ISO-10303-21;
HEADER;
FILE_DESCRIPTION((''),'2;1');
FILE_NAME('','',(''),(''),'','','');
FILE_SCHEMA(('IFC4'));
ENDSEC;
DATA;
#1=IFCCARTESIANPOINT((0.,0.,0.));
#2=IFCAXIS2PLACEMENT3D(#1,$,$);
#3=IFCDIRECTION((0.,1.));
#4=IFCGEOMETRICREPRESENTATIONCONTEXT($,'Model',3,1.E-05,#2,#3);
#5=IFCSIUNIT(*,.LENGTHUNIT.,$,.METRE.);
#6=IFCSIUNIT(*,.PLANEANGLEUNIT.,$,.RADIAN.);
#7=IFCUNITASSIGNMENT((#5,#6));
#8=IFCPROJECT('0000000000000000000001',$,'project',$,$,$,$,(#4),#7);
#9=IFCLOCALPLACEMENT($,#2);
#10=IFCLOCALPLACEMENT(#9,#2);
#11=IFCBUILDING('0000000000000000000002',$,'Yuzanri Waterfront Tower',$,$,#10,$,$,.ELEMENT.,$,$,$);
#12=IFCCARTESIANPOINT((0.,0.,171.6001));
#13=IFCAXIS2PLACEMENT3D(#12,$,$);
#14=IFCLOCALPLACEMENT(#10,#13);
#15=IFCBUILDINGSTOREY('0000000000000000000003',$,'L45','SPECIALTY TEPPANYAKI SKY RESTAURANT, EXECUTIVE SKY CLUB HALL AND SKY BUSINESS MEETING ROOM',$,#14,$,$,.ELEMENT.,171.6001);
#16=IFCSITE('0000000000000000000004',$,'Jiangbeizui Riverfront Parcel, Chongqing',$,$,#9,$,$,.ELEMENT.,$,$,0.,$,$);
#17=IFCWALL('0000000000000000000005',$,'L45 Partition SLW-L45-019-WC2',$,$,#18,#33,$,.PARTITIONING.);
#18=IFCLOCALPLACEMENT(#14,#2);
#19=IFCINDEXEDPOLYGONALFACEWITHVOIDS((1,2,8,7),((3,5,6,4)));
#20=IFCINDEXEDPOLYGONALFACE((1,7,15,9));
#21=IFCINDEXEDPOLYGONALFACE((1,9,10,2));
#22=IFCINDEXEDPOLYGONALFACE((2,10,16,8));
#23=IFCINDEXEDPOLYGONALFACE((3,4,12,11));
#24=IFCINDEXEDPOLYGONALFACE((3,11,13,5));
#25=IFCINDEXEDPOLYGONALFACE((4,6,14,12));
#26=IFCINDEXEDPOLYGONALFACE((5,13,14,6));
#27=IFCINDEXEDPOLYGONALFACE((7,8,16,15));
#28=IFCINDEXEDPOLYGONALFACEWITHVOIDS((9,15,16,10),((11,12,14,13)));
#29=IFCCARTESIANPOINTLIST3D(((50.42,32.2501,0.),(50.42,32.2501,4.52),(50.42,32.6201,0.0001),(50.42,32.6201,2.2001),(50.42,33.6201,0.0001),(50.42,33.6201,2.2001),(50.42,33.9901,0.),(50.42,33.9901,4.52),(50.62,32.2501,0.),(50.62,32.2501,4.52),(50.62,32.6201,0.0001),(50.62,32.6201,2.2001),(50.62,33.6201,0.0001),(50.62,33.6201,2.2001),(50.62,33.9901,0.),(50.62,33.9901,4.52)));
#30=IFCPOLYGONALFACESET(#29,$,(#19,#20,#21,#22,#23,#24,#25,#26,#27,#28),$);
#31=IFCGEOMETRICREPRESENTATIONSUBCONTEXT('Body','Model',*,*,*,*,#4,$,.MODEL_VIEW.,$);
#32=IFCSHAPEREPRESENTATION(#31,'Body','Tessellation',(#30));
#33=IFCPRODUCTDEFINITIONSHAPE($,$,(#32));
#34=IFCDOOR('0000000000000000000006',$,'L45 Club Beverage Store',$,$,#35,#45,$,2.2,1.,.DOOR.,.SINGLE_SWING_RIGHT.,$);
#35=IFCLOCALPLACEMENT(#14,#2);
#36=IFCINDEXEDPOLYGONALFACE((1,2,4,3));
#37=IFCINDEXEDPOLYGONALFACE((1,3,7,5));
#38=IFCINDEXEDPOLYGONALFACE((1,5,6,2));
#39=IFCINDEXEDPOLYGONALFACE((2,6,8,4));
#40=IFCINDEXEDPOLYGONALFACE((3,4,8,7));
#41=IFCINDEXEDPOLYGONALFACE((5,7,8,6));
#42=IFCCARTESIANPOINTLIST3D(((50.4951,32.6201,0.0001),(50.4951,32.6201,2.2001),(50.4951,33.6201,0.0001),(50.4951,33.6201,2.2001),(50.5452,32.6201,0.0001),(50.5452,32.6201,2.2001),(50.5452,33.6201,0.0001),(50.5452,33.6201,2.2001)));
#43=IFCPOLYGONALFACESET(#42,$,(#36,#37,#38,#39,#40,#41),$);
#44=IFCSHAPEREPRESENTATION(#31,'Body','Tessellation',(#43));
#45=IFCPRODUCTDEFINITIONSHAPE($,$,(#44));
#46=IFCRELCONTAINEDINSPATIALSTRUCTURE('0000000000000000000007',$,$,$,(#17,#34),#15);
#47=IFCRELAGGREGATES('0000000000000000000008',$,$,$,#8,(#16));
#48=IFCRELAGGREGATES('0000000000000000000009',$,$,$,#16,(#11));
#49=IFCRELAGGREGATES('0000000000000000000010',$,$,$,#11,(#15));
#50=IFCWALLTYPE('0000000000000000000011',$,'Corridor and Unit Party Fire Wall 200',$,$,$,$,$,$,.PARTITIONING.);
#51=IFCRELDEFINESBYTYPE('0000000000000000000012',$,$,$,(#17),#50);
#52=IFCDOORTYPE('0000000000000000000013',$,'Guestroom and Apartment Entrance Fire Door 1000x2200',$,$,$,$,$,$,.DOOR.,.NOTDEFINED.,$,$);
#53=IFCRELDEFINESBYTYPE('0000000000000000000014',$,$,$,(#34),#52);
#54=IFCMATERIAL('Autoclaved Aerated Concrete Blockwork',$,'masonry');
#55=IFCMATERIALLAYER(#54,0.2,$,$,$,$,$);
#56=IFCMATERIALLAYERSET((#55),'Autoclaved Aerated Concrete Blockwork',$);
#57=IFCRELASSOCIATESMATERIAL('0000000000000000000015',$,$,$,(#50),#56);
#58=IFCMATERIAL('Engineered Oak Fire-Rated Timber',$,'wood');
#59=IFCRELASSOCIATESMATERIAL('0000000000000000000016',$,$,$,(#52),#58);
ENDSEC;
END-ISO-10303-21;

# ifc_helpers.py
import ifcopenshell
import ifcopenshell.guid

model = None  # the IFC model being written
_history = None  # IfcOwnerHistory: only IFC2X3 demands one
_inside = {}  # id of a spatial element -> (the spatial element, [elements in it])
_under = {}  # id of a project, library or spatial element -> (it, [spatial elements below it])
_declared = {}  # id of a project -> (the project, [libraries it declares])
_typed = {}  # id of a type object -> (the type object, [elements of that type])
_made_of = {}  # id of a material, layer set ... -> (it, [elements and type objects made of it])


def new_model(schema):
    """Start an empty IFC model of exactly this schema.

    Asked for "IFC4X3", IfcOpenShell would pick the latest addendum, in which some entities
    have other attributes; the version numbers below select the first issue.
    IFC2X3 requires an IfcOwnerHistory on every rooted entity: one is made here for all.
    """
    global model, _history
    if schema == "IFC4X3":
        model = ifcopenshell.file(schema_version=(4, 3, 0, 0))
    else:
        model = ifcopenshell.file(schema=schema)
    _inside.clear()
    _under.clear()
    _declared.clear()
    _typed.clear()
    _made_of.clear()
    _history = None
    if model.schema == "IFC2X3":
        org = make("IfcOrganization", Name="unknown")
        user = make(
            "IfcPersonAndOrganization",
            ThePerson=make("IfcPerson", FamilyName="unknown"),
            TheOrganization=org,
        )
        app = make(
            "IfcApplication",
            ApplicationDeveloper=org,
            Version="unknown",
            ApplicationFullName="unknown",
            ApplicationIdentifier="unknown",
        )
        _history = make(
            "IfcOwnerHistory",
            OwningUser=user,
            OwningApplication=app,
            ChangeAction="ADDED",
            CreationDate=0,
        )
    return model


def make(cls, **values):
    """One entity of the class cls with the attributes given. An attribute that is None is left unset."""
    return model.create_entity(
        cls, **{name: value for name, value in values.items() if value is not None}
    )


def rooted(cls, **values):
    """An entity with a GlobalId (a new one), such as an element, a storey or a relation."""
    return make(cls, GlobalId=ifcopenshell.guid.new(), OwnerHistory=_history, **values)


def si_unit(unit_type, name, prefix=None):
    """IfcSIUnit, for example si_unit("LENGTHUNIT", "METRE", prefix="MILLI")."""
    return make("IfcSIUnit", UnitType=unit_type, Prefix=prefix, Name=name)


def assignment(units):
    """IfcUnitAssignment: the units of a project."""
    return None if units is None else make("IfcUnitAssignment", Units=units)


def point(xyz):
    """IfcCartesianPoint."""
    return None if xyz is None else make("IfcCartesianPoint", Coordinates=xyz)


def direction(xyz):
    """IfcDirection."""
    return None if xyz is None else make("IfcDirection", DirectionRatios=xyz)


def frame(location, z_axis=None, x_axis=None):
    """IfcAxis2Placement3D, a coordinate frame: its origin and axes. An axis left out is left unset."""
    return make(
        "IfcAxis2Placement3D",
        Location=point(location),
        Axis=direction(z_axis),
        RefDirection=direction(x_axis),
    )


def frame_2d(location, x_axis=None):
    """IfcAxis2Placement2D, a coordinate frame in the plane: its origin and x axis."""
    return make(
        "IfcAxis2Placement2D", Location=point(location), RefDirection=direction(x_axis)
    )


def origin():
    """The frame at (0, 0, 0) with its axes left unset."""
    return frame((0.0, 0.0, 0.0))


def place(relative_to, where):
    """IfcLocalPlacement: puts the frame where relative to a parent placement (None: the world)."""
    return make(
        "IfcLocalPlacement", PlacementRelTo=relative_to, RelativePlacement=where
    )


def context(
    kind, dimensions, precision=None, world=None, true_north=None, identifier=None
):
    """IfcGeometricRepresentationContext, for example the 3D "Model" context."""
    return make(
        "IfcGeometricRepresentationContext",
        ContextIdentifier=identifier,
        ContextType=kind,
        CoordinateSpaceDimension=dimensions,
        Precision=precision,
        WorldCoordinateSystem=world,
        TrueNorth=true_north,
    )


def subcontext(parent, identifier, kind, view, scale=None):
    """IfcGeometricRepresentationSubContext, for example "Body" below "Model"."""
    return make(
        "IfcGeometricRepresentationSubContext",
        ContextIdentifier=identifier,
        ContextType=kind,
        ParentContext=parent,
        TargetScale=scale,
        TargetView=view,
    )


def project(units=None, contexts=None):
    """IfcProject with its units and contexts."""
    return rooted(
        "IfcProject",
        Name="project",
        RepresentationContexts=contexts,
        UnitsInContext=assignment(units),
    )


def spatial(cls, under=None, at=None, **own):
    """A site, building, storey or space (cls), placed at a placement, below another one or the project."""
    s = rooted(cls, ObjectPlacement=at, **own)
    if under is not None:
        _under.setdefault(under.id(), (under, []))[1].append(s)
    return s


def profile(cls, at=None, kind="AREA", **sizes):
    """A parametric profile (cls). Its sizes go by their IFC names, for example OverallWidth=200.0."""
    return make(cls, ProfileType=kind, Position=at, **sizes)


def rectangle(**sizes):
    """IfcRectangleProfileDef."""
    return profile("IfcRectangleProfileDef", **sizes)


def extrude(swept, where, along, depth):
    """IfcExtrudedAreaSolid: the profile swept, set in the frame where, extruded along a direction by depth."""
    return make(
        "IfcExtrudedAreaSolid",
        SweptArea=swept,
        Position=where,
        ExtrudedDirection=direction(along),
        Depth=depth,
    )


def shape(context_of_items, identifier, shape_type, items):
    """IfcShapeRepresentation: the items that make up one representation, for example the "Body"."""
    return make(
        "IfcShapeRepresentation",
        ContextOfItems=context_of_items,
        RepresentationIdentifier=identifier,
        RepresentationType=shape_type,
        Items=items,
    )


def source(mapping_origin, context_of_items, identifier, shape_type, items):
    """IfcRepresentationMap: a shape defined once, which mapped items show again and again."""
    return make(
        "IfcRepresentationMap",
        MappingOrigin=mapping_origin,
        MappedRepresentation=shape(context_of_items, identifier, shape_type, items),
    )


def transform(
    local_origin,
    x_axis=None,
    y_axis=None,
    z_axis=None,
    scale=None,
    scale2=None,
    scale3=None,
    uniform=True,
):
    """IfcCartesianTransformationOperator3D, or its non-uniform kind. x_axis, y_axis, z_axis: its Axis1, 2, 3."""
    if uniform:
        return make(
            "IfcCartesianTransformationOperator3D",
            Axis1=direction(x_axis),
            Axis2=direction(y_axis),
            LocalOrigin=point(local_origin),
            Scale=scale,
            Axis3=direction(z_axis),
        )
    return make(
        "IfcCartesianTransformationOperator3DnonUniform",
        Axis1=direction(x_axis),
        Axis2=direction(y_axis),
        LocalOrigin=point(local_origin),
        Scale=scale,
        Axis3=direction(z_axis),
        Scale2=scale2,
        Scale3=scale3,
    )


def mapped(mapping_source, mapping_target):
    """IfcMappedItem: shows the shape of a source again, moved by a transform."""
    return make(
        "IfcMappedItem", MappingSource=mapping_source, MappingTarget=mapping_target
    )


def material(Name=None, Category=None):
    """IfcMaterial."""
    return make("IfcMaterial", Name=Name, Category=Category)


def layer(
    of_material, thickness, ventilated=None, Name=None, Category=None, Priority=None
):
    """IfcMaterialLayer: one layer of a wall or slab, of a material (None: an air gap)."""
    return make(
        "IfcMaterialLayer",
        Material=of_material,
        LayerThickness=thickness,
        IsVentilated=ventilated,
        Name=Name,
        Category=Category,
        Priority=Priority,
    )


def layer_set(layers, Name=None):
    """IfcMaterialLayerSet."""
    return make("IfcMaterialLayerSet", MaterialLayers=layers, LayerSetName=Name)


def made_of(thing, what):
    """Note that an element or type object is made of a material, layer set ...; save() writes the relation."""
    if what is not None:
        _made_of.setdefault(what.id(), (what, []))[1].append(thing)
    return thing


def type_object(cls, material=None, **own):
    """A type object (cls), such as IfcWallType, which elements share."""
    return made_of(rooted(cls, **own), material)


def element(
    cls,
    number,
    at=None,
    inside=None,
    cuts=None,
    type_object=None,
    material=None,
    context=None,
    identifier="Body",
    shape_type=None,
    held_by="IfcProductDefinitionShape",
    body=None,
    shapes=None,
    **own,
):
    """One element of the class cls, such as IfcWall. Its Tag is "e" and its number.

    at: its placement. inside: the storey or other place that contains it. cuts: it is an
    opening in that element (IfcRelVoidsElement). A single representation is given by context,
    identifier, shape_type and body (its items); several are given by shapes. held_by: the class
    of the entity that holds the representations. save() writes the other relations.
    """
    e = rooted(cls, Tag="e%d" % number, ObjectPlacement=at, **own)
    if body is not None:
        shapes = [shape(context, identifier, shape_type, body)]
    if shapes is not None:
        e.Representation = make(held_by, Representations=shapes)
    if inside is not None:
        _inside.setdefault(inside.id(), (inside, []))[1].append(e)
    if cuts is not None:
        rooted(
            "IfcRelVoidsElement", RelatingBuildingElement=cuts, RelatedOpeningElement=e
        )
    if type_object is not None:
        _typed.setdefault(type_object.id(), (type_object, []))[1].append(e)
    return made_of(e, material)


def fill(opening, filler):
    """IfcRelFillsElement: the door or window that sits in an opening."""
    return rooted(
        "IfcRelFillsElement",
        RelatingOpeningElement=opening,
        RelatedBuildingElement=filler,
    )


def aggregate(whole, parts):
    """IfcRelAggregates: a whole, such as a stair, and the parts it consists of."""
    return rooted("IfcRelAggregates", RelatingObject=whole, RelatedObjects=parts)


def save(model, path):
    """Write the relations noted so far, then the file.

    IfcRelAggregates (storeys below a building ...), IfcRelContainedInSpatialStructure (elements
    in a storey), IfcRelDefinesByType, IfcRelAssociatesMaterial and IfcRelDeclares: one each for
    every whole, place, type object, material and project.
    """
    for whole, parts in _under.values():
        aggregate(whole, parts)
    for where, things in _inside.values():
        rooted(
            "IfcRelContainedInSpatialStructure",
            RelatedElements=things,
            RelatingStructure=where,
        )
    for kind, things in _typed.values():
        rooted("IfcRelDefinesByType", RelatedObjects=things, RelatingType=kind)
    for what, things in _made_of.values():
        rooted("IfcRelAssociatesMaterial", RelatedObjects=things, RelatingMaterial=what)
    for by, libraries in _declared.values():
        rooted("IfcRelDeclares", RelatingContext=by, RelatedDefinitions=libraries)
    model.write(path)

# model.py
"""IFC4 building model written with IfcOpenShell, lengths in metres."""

from ifc_helpers import new_model, si_unit, direction, frame, frame_2d, origin, place, context, subcontext, project, spatial, rectangle, extrude, source, transform, mapped, material, layer, layer_set, type_object, element, fill, save


model = new_model("IFC4")

# Units and contexts
model_context = context("Model", 3, precision=1e-05, world=origin(), true_north=direction((0.0, 1.0)))
body_context = subcontext(model_context, "Body", "Model", "MODEL_VIEW")
ifc_project = project(units=[si_unit("LENGTHUNIT", "METRE"), si_unit("PLANEANGLEUNIT", "RADIAN")], contexts=[model_context])

# Site, building, storey
site_placement = place(None, origin())
site = spatial("IfcSite", under=ifc_project, at=site_placement, Name="Jiangbeizui Riverfront Parcel, Chongqing", CompositionType="ELEMENT", RefElevation=0.0)
building_placement = place(site_placement, origin())
building = spatial("IfcBuilding", under=site, at=building_placement, Name="Yuzanri Waterfront Tower", CompositionType="ELEMENT")
storey_placement = place(building_placement, frame((0.0, 0.0, 171.6001)))
storey = spatial("IfcBuildingStorey", under=building, at=storey_placement, Name="L45", Description="SPECIALTY TEPPANYAKI SKY RESTAURANT, EXECUTIVE SKY CLUB HALL AND SKY BUSINESS MEETING ROOM", CompositionType="ELEMENT", Elevation=171.6001)

# Wall, opening, door
ifc_material_1 = material(Name="Autoclaved Aerated Concrete Blockwork", Category="masonry")
ifc_layer_1 = layer(ifc_material_1, 0.2)
ifc_layer_set_1 = layer_set([ifc_layer_1], Name="Autoclaved Aerated Concrete Blockwork")
wall_type = type_object("IfcWallType", Name="Corridor and Unit Party Fire Wall 200", PredefinedType="PARTITIONING", material=ifc_layer_set_1)
wall_placement = place(storey_placement, frame((50.52, 32.25, 0.0), z_axis=(0.0, 0.0, 1.0), x_axis=(0.0, 1.0, 0.0)))
wall = element("IfcWall", 1, at=wall_placement, inside=storey, type_object=wall_type, Name="L45 Partition SLW-L45-019-WC2", PredefinedType="PARTITIONING", context=body_context, shape_type="SweptSolid", body=[
    extrude(rectangle(XDim=1.74, YDim=0.2, at=frame_2d((0.8701, 0.0))), origin(), (0.0, 0.0, 1.0), 4.52),
])
opening_placement = place(wall_placement, frame((0.3701, 0.0, 0.0)))
opening = element("IfcOpeningElement", 2, at=opening_placement, cuts=wall, PredefinedType="OPENING", context=body_context, shape_type="SweptSolid", body=[
    extrude(rectangle(XDim=1.0, YDim=2.2, at=frame_2d((0.5, 1.1001))), frame((0.0, 0.1147, 0.0), z_axis=(0.0, -1.0, 0.0), x_axis=(1.0, 0.0, 0.0)), (0.0, 0.0, 1.0), 0.2297),
])
ifc_material_2 = material(Name="Engineered Oak Fire-Rated Timber", Category="wood")
door_type = type_object("IfcDoorType", Name="Guestroom and Apartment Entrance Fire Door 1000x2200", OperationType="NOTDEFINED", PredefinedType="DOOR", material=ifc_material_2)
shared_shape_1 = source(origin(), body_context, "Body", "SweptSolid", [
    extrude(rectangle(XDim=1.0, YDim=2.2, at=frame_2d((0.5, 1.1001))), frame((0.0, 0.0249, 0.0), z_axis=(0.0, -1.0, 0.0), x_axis=(1.0, 0.0, 0.0)), (0.0, 0.0, 1.0), 0.05),
])
door_placement = place(opening_placement, origin())
door = element("IfcDoor", 3, at=door_placement, inside=storey, type_object=door_type, Name="L45 Club Beverage Store", OperationType="SINGLE_SWING_RIGHT", OverallHeight=2.2, OverallWidth=1.0, PredefinedType="DOOR", context=body_context, shape_type="MappedRepresentation", body=[
    mapped(shared_shape_1, transform((0.0, 0.0, 0.0), scale=1.0)),
])
fill(opening, door)

save(model, "model.ifc")
